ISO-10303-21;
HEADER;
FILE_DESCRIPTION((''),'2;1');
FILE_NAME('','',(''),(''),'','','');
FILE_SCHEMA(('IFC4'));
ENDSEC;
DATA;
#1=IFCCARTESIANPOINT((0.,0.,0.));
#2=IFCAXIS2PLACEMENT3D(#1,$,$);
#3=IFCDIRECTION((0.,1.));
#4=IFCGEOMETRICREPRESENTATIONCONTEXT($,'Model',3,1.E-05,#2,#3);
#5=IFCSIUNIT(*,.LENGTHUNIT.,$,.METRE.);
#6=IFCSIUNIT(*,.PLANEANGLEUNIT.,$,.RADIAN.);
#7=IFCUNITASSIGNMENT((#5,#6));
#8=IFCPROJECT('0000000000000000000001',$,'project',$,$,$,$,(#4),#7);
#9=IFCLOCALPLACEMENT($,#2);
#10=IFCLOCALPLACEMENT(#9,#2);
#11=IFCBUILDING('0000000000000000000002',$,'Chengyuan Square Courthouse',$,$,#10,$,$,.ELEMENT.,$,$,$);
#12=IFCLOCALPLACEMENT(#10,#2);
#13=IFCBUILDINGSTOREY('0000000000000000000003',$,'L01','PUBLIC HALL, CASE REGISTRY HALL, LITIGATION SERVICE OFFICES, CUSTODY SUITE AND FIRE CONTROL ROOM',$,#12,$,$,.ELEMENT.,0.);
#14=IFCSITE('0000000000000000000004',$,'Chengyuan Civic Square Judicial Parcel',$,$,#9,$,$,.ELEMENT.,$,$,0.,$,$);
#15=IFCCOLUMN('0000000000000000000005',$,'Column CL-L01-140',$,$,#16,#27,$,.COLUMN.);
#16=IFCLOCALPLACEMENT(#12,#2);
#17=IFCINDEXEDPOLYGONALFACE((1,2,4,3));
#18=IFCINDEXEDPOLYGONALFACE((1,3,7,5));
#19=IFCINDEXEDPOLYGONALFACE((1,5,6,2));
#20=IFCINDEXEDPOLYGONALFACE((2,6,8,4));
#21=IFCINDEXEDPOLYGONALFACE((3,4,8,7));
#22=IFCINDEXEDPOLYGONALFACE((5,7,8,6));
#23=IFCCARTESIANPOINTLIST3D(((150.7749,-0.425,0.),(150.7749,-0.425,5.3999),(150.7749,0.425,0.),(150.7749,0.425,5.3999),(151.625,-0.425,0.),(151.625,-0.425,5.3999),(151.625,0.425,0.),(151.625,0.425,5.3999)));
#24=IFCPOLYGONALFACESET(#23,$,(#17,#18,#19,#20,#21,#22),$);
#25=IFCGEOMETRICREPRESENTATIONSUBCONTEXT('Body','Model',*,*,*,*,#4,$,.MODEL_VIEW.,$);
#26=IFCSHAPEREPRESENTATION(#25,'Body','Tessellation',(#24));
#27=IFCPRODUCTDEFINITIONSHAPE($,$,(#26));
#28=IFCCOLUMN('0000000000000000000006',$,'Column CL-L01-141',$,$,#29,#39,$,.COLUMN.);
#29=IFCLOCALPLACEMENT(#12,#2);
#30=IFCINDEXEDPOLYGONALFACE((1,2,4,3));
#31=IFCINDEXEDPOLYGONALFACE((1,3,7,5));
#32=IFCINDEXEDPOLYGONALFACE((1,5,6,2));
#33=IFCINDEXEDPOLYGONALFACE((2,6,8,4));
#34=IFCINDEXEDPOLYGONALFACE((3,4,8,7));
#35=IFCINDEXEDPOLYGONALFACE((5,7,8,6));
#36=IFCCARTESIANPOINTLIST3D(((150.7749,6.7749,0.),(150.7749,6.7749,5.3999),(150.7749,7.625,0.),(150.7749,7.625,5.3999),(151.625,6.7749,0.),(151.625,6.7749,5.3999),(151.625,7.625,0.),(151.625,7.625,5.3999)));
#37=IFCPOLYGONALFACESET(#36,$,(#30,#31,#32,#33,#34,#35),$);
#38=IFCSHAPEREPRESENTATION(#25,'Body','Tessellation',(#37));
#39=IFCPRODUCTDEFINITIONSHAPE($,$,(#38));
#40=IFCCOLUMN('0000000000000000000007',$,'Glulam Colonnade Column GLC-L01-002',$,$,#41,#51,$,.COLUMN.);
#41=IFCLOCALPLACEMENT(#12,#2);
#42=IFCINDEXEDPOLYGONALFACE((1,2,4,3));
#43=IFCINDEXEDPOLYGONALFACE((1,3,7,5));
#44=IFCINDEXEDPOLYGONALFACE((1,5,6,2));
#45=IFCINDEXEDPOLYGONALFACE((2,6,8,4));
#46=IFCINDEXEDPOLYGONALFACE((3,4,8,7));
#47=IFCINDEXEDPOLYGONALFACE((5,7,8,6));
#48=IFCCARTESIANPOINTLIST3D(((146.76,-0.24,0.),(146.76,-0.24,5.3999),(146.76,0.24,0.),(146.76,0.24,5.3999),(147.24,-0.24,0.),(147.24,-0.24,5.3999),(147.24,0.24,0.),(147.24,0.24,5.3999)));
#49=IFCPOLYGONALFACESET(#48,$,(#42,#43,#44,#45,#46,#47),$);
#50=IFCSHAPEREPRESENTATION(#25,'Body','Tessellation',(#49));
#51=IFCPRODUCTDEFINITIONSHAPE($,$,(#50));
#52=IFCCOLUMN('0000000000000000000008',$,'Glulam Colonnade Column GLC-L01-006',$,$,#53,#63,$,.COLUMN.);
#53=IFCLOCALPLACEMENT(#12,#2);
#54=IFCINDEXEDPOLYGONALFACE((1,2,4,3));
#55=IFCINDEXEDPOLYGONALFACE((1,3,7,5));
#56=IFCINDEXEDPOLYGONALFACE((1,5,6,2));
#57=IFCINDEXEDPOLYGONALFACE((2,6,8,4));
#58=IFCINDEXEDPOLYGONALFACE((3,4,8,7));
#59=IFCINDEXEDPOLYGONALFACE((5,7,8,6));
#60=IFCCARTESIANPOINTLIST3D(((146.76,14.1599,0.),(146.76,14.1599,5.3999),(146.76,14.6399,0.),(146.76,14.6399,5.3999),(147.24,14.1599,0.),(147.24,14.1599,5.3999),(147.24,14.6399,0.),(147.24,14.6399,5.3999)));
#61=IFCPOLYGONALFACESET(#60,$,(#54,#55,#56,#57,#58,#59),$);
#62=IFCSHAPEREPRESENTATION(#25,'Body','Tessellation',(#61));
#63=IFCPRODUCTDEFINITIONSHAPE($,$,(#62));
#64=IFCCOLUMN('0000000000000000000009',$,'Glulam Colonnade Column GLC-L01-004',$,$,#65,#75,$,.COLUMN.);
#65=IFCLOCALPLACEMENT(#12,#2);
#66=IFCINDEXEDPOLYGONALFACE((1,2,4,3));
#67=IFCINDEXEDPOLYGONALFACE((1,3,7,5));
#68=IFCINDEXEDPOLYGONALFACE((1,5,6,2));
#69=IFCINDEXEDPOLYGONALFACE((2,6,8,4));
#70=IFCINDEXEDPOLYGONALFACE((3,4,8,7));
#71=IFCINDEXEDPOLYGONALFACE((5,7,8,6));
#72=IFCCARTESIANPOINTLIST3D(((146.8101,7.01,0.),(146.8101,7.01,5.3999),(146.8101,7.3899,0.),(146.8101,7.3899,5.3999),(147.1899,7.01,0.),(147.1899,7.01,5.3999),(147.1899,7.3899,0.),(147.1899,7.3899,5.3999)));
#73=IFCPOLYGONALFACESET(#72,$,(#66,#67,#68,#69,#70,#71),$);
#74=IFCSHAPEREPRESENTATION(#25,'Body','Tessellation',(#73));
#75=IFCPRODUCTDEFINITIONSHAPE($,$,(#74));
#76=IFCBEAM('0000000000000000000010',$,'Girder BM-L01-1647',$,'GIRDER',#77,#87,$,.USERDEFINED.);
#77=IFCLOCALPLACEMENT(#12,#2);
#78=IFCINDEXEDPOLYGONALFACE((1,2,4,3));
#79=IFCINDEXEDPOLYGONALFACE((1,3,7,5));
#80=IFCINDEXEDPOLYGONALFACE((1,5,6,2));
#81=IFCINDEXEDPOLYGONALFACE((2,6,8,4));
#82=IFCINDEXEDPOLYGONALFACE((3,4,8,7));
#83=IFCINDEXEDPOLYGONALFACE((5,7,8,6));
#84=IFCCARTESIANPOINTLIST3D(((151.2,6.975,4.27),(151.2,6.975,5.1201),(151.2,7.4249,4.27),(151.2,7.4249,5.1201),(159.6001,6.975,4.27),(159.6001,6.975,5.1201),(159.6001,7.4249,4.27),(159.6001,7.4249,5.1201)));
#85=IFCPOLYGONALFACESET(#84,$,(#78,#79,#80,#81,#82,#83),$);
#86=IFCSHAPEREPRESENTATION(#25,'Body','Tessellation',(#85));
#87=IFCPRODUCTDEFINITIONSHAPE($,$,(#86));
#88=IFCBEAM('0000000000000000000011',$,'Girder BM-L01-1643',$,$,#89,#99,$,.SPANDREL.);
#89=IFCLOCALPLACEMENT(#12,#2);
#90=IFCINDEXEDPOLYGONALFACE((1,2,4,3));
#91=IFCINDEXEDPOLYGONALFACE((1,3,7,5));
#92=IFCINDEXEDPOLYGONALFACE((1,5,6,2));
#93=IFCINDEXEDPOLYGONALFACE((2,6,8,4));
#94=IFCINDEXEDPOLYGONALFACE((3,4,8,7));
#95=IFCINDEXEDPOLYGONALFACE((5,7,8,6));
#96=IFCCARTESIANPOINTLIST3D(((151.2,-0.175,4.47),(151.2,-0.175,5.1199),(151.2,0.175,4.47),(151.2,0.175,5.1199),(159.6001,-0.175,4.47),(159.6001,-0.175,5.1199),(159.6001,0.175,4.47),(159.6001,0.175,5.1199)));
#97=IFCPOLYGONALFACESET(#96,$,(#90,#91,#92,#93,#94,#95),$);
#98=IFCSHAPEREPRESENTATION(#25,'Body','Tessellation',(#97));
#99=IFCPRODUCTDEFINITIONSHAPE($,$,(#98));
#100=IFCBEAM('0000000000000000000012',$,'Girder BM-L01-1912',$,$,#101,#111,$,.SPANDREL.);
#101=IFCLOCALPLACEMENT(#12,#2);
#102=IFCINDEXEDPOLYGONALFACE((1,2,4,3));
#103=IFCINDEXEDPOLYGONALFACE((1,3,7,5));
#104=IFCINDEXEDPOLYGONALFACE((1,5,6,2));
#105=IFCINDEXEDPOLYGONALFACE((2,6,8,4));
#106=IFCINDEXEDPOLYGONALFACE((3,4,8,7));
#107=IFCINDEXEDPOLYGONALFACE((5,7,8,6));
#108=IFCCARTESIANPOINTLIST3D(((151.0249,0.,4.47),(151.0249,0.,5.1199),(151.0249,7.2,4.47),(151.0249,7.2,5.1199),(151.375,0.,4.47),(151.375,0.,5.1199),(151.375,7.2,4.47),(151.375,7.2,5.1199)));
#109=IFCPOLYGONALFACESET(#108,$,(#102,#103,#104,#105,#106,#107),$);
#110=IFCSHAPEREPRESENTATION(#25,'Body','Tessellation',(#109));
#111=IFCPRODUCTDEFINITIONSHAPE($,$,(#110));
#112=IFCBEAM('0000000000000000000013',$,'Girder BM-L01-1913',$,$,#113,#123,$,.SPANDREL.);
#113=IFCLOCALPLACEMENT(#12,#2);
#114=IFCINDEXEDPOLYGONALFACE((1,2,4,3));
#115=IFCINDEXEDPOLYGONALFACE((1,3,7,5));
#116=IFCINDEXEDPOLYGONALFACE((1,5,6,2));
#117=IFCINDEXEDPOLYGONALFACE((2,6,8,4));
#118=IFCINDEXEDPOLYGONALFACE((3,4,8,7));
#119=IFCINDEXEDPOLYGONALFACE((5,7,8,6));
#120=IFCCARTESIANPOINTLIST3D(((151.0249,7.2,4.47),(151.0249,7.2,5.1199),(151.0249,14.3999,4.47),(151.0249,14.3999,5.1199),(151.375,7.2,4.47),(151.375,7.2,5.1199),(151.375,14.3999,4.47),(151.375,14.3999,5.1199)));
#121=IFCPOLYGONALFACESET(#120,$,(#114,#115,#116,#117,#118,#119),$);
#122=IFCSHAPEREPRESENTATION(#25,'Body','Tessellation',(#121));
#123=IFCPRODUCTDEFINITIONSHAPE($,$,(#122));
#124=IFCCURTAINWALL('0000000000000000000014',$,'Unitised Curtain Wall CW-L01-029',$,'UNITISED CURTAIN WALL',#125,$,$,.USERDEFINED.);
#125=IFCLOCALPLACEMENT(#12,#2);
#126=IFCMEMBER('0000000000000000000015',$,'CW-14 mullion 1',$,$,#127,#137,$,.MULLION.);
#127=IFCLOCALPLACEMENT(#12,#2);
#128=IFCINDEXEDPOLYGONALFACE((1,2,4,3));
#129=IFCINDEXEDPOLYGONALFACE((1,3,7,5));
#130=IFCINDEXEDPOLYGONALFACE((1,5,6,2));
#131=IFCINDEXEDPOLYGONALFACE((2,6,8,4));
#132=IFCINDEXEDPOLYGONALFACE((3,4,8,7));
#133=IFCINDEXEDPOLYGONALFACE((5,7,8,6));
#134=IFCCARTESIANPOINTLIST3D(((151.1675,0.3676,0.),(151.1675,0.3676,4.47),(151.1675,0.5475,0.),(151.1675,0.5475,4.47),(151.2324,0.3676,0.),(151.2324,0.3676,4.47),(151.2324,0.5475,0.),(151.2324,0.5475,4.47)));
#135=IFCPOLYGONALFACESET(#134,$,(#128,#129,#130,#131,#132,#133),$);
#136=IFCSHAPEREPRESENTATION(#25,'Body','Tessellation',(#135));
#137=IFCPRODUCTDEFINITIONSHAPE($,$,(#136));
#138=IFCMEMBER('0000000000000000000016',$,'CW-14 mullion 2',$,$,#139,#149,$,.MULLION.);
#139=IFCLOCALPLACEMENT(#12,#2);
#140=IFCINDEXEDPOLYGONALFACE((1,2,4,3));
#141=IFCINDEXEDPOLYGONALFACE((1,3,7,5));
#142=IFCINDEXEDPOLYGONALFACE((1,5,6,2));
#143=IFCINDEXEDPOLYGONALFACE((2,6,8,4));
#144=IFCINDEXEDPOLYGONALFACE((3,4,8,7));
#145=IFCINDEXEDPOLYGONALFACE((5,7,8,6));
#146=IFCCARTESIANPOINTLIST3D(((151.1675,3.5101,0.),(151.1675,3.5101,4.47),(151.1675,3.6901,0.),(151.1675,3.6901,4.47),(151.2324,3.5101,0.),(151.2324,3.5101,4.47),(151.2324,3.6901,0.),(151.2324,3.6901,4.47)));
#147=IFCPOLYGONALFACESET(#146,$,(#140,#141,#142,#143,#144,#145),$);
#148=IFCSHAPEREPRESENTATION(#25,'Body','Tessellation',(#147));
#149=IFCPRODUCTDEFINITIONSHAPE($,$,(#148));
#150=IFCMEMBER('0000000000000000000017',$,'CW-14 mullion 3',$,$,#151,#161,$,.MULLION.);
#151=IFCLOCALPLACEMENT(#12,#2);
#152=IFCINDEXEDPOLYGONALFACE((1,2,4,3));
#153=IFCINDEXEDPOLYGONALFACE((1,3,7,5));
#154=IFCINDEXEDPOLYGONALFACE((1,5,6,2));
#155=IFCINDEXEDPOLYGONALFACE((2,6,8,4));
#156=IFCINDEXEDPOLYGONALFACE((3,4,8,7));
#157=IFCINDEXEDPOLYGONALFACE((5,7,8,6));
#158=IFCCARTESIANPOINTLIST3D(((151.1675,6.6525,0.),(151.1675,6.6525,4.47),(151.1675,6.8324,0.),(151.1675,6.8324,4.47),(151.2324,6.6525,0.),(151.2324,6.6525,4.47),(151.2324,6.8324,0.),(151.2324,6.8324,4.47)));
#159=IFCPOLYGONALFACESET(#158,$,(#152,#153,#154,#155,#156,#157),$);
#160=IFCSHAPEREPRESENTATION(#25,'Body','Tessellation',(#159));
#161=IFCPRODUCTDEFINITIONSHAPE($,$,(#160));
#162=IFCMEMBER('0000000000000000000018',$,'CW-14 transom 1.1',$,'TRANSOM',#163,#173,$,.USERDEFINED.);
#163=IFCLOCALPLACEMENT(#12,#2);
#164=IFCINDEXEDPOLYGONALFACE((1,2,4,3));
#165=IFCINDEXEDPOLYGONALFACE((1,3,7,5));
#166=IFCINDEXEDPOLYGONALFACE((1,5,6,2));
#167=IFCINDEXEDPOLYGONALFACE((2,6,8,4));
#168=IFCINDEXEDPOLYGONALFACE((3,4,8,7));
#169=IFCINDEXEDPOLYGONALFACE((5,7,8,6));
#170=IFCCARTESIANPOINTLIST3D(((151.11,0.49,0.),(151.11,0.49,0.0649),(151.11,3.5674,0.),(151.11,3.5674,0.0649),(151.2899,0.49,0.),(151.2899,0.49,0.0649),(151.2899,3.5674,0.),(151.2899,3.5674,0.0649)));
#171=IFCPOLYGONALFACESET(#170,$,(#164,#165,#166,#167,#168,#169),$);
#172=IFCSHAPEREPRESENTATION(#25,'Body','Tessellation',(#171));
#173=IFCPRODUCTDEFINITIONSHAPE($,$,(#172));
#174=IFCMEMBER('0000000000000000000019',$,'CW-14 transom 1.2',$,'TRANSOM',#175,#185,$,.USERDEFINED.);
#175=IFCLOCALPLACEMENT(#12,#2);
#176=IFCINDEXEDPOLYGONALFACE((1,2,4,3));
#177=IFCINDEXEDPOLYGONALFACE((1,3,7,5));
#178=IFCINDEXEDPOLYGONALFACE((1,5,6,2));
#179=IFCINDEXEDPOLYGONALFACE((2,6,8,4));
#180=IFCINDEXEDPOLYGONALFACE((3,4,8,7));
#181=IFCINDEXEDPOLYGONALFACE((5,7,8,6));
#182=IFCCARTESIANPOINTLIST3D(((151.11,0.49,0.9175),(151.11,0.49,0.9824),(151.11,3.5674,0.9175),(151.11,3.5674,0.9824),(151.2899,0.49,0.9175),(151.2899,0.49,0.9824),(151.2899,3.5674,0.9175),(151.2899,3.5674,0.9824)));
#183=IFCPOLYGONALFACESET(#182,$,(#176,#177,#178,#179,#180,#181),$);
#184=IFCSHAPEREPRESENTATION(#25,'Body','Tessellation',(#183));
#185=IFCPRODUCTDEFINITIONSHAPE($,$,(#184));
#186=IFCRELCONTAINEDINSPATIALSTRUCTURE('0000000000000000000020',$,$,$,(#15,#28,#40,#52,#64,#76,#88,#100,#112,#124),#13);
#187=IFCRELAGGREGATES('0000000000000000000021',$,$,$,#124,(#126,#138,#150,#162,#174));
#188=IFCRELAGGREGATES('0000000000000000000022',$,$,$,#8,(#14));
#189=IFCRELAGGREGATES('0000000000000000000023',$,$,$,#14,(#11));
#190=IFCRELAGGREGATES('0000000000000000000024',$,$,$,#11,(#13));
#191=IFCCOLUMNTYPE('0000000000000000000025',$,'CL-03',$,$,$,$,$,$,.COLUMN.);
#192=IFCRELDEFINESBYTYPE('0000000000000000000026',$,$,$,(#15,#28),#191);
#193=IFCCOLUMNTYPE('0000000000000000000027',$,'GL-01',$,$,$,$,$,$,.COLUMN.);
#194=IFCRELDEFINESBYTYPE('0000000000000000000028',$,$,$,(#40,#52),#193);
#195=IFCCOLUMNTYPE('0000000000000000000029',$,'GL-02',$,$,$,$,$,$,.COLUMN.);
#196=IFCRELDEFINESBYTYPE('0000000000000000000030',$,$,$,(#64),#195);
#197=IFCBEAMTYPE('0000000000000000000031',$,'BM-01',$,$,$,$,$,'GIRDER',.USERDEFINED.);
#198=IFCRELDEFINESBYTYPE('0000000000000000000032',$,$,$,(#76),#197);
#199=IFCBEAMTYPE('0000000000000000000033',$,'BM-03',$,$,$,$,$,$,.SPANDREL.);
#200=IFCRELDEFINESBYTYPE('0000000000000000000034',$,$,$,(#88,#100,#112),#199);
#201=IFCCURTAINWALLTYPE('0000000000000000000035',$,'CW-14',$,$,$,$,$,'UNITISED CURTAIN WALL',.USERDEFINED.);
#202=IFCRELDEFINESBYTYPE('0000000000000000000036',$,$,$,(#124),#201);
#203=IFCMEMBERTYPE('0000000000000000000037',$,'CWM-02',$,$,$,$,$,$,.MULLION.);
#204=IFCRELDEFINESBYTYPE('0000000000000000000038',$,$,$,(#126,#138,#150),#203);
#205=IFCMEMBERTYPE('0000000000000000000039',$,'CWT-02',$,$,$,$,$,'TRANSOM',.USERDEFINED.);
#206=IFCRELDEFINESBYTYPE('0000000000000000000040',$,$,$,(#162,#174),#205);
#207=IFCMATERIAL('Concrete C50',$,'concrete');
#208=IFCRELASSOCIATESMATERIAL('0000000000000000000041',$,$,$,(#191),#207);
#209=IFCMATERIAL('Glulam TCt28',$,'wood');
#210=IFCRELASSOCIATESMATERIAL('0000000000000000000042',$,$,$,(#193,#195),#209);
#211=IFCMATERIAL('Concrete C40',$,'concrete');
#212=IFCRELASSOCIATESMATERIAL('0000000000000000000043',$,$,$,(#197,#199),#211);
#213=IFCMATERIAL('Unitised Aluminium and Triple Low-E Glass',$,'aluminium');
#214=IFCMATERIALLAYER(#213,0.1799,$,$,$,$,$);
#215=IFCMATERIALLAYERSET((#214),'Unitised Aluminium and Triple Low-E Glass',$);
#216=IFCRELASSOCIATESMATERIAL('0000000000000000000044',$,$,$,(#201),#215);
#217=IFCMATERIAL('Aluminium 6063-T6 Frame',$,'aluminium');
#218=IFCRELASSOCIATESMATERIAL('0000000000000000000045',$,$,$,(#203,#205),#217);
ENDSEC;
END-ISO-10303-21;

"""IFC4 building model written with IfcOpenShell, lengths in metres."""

from ifc_helpers import new_model, si_unit, direction, frame, origin, origin_2d, place, context, subcontext, project, spatial, rectangle, extrude, material, layer, layer_set, material_profile, profile_set, type_object, element, aggregate, save


model = new_model("IFC4")

# Units and contexts
model_context = context("Model", 3, precision=1e-05, world=origin(), true_north=direction((0.0, 1.0)))
body_context = subcontext(model_context, "Body", "Model", "MODEL_VIEW")
ifc_project = project(units=[si_unit("LENGTHUNIT", "METRE"), si_unit("PLANEANGLEUNIT", "RADIAN")], contexts=[model_context])

# Site, building, storey
site_placement = place(None, origin())
site = spatial("IfcSite", under=ifc_project, at=site_placement, Name="Chengyuan Civic Square Judicial Parcel", CompositionType="ELEMENT", RefElevation=0.0)
building_placement = place(site_placement, origin())
building = spatial("IfcBuilding", under=site, at=building_placement, Name="Chengyuan Square Courthouse", CompositionType="ELEMENT")
storey_placement = place(building_placement, origin())
storey = spatial("IfcBuildingStorey", under=building, at=storey_placement, Name="L01", Description="PUBLIC HALL, CASE REGISTRY HALL, LITIGATION SERVICE OFFICES, CUSTODY SUITE AND FIRE CONTROL ROOM", CompositionType="ELEMENT", Elevation=0.0)

# Columns
ifc_material_1 = material(Name="Concrete C50", Category="concrete")
ifc_material_profile_1 = material_profile(ifc_material_1, rectangle(XDim=0.8501, YDim=0.8501, at=origin_2d()), Name="RC-COL-850x850")
ifc_profile_set_1 = profile_set([ifc_material_profile_1], Name="Concrete C50")
column_type_1 = type_object("IfcColumnType", Name="CL-03", PredefinedType="COLUMN", material=ifc_profile_set_1)
for number, where, z_axis, x_axis, name in (
    (1, (151.2, 0.0, 0.0), (0.0, 0.0, 1.0), (1.0, 0.0, 0.0), "Column CL-L01-140"),
    (2, (151.2, 7.2, 0.0), (0.0, 0.0, 1.0), (1.0, 0.0, 0.0), "Column CL-L01-141"),
):
    element("IfcColumn", number, at=place(storey_placement, frame(where, z_axis=z_axis, x_axis=x_axis)), inside=storey, type_object=column_type_1, Name=name, PredefinedType="COLUMN", context=body_context, shape_type="SweptSolid", body=[
        extrude(rectangle(XDim=0.8501, YDim=0.8501, at=origin_2d()), origin(), (0.0, 0.0, 1.0), 5.3999),
    ])
ifc_material_2 = material(Name="Glulam TCt28", Category="wood")
ifc_material_profile_2 = material_profile(ifc_material_2, rectangle(XDim=0.48, YDim=0.48, at=origin_2d()), Name="GL-COL-480x480")
ifc_profile_set_2 = profile_set([ifc_material_profile_2], Name="Glulam TCt28")
column_type_2 = type_object("IfcColumnType", Name="GL-01", PredefinedType="COLUMN", material=ifc_profile_set_2)
for number, where, z_axis, x_axis, name in (
    (3, (147.0, 0.0, 0.0), (0.0, 0.0, 1.0), (1.0, 0.0, 0.0), "Glulam Colonnade Column GLC-L01-002"),
    (4, (147.0, 14.3999, 0.0), (0.0, 0.0, 1.0), (1.0, 0.0, 0.0), "Glulam Colonnade Column GLC-L01-006"),
):
    element("IfcColumn", number, at=place(storey_placement, frame(where, z_axis=z_axis, x_axis=x_axis)), inside=storey, type_object=column_type_2, Name=name, PredefinedType="COLUMN", context=body_context, shape_type="SweptSolid", body=[
        extrude(rectangle(XDim=0.48, YDim=0.48, at=origin_2d()), origin(), (0.0, 0.0, 1.0), 5.3999),
    ])
ifc_material_profile_3 = material_profile(ifc_material_2, rectangle(XDim=0.3799, YDim=0.3799, at=origin_2d()), Name="GL-COL-380x380")
ifc_profile_set_3 = profile_set([ifc_material_profile_3], Name="Glulam TCt28")
column_type_3 = type_object("IfcColumnType", Name="GL-02", PredefinedType="COLUMN", material=ifc_profile_set_3)
column_placement = place(storey_placement, frame((147.0, 7.2, 0.0), z_axis=(0.0, 0.0, 1.0), x_axis=(1.0, 0.0, 0.0)))
element("IfcColumn", 5, at=column_placement, inside=storey, type_object=column_type_3, Name="Glulam Colonnade Column GLC-L01-004", PredefinedType="COLUMN", context=body_context, shape_type="SweptSolid", body=[
    extrude(rectangle(XDim=0.3799, YDim=0.3799, at=origin_2d()), origin(), (0.0, 0.0, 1.0), 5.3999),
])

# Beams
ifc_material_3 = material(Name="Concrete C40", Category="concrete")
ifc_material_profile_4 = material_profile(ifc_material_3, rectangle(XDim=0.45, YDim=0.8501, at=origin_2d()), Name="RC-BM-450x850")
ifc_profile_set_4 = profile_set([ifc_material_profile_4], Name="Concrete C40")
beam_type_1 = type_object("IfcBeamType", Name="BM-01", ElementType="GIRDER", PredefinedType="USERDEFINED", material=ifc_profile_set_4)
beam_1_placement = place(storey_placement, frame((151.2, 7.2, 4.6951), z_axis=(1.0, 0.0, 0.0), x_axis=(0.0, 1.0, 0.0)))
element("IfcBeam", 6, at=beam_1_placement, inside=storey, type_object=beam_type_1, Name="Girder BM-L01-1647", ObjectType="GIRDER", PredefinedType="USERDEFINED", context=body_context, shape_type="SweptSolid", body=[
    extrude(rectangle(XDim=0.45, YDim=0.8501, at=origin_2d()), origin(), (0.0, 0.0, 1.0), 8.4001),
])
ifc_material_profile_5 = material_profile(ifc_material_3, rectangle(XDim=0.3501, YDim=0.6499, at=origin_2d()), Name="RC-BM-350x650")
ifc_profile_set_5 = profile_set([ifc_material_profile_5], Name="Concrete C40")
beam_type_2 = type_object("IfcBeamType", Name="BM-03", PredefinedType="SPANDREL", material=ifc_profile_set_5)
beam_2_placement = place(storey_placement, frame((151.2, 0.0, 4.7949), z_axis=(1.0, 0.0, 0.0), x_axis=(0.0, 1.0, 0.0)))
element("IfcBeam", 7, at=beam_2_placement, inside=storey, type_object=beam_type_2, Name="Girder BM-L01-1643", PredefinedType="SPANDREL", context=body_context, shape_type="SweptSolid", body=[
    extrude(rectangle(XDim=0.3501, YDim=0.6499, at=origin_2d()), origin(), (0.0, 0.0, 1.0), 8.4001),
])
for number, where, z_axis, x_axis, name in (
    (8, (151.2, 0.0, 4.7949), (0.0, 1.0, 0.0), (-1.0, 0.0, 0.0), "Girder BM-L01-1912"),
    (9, (151.2, 7.2, 4.7949), (0.0, 1.0, 0.0), (-1.0, 0.0, 0.0), "Girder BM-L01-1913"),
):
    element("IfcBeam", number, at=place(storey_placement, frame(where, z_axis=z_axis, x_axis=x_axis)), inside=storey, type_object=beam_type_2, Name=name, PredefinedType="SPANDREL", context=body_context, shape_type="SweptSolid", body=[
        extrude(rectangle(XDim=0.3501, YDim=0.6499, at=origin_2d()), origin(), (0.0, 0.0, 1.0), 7.2),
    ])

# Curtain wall, members
ifc_material_4 = material(Name="Unitised Aluminium and Triple Low-E Glass", Category="aluminium")
ifc_layer_1 = layer(ifc_material_4, 0.1799)
ifc_layer_set_1 = layer_set([ifc_layer_1], Name="Unitised Aluminium and Triple Low-E Glass")
curtain_wall_type = type_object("IfcCurtainWallType", Name="CW-14", ElementType="UNITISED CURTAIN WALL", PredefinedType="USERDEFINED", material=ifc_layer_set_1)
curtain_wall_placement = place(storey_placement, origin())
curtain_wall = element("IfcCurtainWall", 10, at=curtain_wall_placement, inside=storey, type_object=curtain_wall_type, Name="Unitised Curtain Wall CW-L01-029", ObjectType="UNITISED CURTAIN WALL", PredefinedType="USERDEFINED")
ifc_material_5 = material(Name="Aluminium 6063-T6 Frame", Category="aluminium")
ifc_material_profile_6 = material_profile(ifc_material_5, rectangle(XDim=0.0649, YDim=0.1799, at=origin_2d()), Name="CW-MUL-65x180")
ifc_profile_set_6 = profile_set([ifc_material_profile_6], Name="Aluminium 6063-T6 Frame")
member_type_1 = type_object("IfcMemberType", Name="CWM-02", PredefinedType="MULLION", material=ifc_profile_set_6)
member_1_placement = place(storey_placement, frame((151.2, 0.4575, 0.0), z_axis=(0.0, 0.0, 1.0), x_axis=(-1.0, 0.0, 0.0)))
member_1 = element("IfcMember", 11, at=member_1_placement, type_object=member_type_1, Name="CW-14 mullion 1", PredefinedType="MULLION", context=body_context, shape_type="SweptSolid", body=[
    extrude(rectangle(XDim=0.0649, YDim=0.1799, at=origin_2d()), origin(), (0.0, 0.0, 1.0), 4.47),
])
member_2_placement = place(storey_placement, frame((151.2, 3.6001, 0.0), z_axis=(0.0, 0.0, 1.0), x_axis=(-1.0, 0.0, 0.0)))
member_2 = element("IfcMember", 12, at=member_2_placement, type_object=member_type_1, Name="CW-14 mullion 2", PredefinedType="MULLION", context=body_context, shape_type="SweptSolid", body=[
    extrude(rectangle(XDim=0.0649, YDim=0.1799, at=origin_2d()), origin(), (0.0, 0.0, 1.0), 4.47),
])
member_3_placement = place(storey_placement, frame((151.2, 6.7424, 0.0), z_axis=(0.0, 0.0, 1.0), x_axis=(-1.0, 0.0, 0.0)))
member_3 = element("IfcMember", 13, at=member_3_placement, type_object=member_type_1, Name="CW-14 mullion 3", PredefinedType="MULLION", context=body_context, shape_type="SweptSolid", body=[
    extrude(rectangle(XDim=0.0649, YDim=0.1799, at=origin_2d()), origin(), (0.0, 0.0, 1.0), 4.47),
])
ifc_material_profile_7 = material_profile(ifc_material_5, rectangle(XDim=0.1799, YDim=0.0649, at=origin_2d()), Name="CW-TRN-65x140")
ifc_profile_set_7 = profile_set([ifc_material_profile_7], Name="Aluminium 6063-T6 Frame")
member_type_2 = type_object("IfcMemberType", Name="CWT-02", ElementType="TRANSOM", PredefinedType="USERDEFINED", material=ifc_profile_set_7)
member_4_placement = place(storey_placement, frame((151.2, 0.49, 0.0325), z_axis=(0.0, 1.0, 0.0), x_axis=(-1.0, 0.0, 0.0)))
member_4 = element("IfcMember", 14, at=member_4_placement, type_object=member_type_2, Name="CW-14 transom 1.1", ObjectType="TRANSOM", PredefinedType="USERDEFINED", context=body_context, shape_type="SweptSolid", body=[
    extrude(rectangle(XDim=0.1799, YDim=0.0649, at=origin_2d()), origin(), (0.0, 0.0, 1.0), 3.0774),
])
member_5_placement = place(storey_placement, frame((151.2, 0.49, 0.95), z_axis=(0.0, 1.0, 0.0), x_axis=(-1.0, 0.0, 0.0)))
member_5 = element("IfcMember", 15, at=member_5_placement, type_object=member_type_2, Name="CW-14 transom 1.2", ObjectType="TRANSOM", PredefinedType="USERDEFINED", context=body_context, shape_type="SweptSolid", body=[
    extrude(rectangle(XDim=0.1799, YDim=0.0649, at=origin_2d()), origin(), (0.0, 0.0, 1.0), 3.0774),
])

aggregate(curtain_wall, [member_1, member_2, member_3, member_4, member_5])

save(model, "model.ifc")
